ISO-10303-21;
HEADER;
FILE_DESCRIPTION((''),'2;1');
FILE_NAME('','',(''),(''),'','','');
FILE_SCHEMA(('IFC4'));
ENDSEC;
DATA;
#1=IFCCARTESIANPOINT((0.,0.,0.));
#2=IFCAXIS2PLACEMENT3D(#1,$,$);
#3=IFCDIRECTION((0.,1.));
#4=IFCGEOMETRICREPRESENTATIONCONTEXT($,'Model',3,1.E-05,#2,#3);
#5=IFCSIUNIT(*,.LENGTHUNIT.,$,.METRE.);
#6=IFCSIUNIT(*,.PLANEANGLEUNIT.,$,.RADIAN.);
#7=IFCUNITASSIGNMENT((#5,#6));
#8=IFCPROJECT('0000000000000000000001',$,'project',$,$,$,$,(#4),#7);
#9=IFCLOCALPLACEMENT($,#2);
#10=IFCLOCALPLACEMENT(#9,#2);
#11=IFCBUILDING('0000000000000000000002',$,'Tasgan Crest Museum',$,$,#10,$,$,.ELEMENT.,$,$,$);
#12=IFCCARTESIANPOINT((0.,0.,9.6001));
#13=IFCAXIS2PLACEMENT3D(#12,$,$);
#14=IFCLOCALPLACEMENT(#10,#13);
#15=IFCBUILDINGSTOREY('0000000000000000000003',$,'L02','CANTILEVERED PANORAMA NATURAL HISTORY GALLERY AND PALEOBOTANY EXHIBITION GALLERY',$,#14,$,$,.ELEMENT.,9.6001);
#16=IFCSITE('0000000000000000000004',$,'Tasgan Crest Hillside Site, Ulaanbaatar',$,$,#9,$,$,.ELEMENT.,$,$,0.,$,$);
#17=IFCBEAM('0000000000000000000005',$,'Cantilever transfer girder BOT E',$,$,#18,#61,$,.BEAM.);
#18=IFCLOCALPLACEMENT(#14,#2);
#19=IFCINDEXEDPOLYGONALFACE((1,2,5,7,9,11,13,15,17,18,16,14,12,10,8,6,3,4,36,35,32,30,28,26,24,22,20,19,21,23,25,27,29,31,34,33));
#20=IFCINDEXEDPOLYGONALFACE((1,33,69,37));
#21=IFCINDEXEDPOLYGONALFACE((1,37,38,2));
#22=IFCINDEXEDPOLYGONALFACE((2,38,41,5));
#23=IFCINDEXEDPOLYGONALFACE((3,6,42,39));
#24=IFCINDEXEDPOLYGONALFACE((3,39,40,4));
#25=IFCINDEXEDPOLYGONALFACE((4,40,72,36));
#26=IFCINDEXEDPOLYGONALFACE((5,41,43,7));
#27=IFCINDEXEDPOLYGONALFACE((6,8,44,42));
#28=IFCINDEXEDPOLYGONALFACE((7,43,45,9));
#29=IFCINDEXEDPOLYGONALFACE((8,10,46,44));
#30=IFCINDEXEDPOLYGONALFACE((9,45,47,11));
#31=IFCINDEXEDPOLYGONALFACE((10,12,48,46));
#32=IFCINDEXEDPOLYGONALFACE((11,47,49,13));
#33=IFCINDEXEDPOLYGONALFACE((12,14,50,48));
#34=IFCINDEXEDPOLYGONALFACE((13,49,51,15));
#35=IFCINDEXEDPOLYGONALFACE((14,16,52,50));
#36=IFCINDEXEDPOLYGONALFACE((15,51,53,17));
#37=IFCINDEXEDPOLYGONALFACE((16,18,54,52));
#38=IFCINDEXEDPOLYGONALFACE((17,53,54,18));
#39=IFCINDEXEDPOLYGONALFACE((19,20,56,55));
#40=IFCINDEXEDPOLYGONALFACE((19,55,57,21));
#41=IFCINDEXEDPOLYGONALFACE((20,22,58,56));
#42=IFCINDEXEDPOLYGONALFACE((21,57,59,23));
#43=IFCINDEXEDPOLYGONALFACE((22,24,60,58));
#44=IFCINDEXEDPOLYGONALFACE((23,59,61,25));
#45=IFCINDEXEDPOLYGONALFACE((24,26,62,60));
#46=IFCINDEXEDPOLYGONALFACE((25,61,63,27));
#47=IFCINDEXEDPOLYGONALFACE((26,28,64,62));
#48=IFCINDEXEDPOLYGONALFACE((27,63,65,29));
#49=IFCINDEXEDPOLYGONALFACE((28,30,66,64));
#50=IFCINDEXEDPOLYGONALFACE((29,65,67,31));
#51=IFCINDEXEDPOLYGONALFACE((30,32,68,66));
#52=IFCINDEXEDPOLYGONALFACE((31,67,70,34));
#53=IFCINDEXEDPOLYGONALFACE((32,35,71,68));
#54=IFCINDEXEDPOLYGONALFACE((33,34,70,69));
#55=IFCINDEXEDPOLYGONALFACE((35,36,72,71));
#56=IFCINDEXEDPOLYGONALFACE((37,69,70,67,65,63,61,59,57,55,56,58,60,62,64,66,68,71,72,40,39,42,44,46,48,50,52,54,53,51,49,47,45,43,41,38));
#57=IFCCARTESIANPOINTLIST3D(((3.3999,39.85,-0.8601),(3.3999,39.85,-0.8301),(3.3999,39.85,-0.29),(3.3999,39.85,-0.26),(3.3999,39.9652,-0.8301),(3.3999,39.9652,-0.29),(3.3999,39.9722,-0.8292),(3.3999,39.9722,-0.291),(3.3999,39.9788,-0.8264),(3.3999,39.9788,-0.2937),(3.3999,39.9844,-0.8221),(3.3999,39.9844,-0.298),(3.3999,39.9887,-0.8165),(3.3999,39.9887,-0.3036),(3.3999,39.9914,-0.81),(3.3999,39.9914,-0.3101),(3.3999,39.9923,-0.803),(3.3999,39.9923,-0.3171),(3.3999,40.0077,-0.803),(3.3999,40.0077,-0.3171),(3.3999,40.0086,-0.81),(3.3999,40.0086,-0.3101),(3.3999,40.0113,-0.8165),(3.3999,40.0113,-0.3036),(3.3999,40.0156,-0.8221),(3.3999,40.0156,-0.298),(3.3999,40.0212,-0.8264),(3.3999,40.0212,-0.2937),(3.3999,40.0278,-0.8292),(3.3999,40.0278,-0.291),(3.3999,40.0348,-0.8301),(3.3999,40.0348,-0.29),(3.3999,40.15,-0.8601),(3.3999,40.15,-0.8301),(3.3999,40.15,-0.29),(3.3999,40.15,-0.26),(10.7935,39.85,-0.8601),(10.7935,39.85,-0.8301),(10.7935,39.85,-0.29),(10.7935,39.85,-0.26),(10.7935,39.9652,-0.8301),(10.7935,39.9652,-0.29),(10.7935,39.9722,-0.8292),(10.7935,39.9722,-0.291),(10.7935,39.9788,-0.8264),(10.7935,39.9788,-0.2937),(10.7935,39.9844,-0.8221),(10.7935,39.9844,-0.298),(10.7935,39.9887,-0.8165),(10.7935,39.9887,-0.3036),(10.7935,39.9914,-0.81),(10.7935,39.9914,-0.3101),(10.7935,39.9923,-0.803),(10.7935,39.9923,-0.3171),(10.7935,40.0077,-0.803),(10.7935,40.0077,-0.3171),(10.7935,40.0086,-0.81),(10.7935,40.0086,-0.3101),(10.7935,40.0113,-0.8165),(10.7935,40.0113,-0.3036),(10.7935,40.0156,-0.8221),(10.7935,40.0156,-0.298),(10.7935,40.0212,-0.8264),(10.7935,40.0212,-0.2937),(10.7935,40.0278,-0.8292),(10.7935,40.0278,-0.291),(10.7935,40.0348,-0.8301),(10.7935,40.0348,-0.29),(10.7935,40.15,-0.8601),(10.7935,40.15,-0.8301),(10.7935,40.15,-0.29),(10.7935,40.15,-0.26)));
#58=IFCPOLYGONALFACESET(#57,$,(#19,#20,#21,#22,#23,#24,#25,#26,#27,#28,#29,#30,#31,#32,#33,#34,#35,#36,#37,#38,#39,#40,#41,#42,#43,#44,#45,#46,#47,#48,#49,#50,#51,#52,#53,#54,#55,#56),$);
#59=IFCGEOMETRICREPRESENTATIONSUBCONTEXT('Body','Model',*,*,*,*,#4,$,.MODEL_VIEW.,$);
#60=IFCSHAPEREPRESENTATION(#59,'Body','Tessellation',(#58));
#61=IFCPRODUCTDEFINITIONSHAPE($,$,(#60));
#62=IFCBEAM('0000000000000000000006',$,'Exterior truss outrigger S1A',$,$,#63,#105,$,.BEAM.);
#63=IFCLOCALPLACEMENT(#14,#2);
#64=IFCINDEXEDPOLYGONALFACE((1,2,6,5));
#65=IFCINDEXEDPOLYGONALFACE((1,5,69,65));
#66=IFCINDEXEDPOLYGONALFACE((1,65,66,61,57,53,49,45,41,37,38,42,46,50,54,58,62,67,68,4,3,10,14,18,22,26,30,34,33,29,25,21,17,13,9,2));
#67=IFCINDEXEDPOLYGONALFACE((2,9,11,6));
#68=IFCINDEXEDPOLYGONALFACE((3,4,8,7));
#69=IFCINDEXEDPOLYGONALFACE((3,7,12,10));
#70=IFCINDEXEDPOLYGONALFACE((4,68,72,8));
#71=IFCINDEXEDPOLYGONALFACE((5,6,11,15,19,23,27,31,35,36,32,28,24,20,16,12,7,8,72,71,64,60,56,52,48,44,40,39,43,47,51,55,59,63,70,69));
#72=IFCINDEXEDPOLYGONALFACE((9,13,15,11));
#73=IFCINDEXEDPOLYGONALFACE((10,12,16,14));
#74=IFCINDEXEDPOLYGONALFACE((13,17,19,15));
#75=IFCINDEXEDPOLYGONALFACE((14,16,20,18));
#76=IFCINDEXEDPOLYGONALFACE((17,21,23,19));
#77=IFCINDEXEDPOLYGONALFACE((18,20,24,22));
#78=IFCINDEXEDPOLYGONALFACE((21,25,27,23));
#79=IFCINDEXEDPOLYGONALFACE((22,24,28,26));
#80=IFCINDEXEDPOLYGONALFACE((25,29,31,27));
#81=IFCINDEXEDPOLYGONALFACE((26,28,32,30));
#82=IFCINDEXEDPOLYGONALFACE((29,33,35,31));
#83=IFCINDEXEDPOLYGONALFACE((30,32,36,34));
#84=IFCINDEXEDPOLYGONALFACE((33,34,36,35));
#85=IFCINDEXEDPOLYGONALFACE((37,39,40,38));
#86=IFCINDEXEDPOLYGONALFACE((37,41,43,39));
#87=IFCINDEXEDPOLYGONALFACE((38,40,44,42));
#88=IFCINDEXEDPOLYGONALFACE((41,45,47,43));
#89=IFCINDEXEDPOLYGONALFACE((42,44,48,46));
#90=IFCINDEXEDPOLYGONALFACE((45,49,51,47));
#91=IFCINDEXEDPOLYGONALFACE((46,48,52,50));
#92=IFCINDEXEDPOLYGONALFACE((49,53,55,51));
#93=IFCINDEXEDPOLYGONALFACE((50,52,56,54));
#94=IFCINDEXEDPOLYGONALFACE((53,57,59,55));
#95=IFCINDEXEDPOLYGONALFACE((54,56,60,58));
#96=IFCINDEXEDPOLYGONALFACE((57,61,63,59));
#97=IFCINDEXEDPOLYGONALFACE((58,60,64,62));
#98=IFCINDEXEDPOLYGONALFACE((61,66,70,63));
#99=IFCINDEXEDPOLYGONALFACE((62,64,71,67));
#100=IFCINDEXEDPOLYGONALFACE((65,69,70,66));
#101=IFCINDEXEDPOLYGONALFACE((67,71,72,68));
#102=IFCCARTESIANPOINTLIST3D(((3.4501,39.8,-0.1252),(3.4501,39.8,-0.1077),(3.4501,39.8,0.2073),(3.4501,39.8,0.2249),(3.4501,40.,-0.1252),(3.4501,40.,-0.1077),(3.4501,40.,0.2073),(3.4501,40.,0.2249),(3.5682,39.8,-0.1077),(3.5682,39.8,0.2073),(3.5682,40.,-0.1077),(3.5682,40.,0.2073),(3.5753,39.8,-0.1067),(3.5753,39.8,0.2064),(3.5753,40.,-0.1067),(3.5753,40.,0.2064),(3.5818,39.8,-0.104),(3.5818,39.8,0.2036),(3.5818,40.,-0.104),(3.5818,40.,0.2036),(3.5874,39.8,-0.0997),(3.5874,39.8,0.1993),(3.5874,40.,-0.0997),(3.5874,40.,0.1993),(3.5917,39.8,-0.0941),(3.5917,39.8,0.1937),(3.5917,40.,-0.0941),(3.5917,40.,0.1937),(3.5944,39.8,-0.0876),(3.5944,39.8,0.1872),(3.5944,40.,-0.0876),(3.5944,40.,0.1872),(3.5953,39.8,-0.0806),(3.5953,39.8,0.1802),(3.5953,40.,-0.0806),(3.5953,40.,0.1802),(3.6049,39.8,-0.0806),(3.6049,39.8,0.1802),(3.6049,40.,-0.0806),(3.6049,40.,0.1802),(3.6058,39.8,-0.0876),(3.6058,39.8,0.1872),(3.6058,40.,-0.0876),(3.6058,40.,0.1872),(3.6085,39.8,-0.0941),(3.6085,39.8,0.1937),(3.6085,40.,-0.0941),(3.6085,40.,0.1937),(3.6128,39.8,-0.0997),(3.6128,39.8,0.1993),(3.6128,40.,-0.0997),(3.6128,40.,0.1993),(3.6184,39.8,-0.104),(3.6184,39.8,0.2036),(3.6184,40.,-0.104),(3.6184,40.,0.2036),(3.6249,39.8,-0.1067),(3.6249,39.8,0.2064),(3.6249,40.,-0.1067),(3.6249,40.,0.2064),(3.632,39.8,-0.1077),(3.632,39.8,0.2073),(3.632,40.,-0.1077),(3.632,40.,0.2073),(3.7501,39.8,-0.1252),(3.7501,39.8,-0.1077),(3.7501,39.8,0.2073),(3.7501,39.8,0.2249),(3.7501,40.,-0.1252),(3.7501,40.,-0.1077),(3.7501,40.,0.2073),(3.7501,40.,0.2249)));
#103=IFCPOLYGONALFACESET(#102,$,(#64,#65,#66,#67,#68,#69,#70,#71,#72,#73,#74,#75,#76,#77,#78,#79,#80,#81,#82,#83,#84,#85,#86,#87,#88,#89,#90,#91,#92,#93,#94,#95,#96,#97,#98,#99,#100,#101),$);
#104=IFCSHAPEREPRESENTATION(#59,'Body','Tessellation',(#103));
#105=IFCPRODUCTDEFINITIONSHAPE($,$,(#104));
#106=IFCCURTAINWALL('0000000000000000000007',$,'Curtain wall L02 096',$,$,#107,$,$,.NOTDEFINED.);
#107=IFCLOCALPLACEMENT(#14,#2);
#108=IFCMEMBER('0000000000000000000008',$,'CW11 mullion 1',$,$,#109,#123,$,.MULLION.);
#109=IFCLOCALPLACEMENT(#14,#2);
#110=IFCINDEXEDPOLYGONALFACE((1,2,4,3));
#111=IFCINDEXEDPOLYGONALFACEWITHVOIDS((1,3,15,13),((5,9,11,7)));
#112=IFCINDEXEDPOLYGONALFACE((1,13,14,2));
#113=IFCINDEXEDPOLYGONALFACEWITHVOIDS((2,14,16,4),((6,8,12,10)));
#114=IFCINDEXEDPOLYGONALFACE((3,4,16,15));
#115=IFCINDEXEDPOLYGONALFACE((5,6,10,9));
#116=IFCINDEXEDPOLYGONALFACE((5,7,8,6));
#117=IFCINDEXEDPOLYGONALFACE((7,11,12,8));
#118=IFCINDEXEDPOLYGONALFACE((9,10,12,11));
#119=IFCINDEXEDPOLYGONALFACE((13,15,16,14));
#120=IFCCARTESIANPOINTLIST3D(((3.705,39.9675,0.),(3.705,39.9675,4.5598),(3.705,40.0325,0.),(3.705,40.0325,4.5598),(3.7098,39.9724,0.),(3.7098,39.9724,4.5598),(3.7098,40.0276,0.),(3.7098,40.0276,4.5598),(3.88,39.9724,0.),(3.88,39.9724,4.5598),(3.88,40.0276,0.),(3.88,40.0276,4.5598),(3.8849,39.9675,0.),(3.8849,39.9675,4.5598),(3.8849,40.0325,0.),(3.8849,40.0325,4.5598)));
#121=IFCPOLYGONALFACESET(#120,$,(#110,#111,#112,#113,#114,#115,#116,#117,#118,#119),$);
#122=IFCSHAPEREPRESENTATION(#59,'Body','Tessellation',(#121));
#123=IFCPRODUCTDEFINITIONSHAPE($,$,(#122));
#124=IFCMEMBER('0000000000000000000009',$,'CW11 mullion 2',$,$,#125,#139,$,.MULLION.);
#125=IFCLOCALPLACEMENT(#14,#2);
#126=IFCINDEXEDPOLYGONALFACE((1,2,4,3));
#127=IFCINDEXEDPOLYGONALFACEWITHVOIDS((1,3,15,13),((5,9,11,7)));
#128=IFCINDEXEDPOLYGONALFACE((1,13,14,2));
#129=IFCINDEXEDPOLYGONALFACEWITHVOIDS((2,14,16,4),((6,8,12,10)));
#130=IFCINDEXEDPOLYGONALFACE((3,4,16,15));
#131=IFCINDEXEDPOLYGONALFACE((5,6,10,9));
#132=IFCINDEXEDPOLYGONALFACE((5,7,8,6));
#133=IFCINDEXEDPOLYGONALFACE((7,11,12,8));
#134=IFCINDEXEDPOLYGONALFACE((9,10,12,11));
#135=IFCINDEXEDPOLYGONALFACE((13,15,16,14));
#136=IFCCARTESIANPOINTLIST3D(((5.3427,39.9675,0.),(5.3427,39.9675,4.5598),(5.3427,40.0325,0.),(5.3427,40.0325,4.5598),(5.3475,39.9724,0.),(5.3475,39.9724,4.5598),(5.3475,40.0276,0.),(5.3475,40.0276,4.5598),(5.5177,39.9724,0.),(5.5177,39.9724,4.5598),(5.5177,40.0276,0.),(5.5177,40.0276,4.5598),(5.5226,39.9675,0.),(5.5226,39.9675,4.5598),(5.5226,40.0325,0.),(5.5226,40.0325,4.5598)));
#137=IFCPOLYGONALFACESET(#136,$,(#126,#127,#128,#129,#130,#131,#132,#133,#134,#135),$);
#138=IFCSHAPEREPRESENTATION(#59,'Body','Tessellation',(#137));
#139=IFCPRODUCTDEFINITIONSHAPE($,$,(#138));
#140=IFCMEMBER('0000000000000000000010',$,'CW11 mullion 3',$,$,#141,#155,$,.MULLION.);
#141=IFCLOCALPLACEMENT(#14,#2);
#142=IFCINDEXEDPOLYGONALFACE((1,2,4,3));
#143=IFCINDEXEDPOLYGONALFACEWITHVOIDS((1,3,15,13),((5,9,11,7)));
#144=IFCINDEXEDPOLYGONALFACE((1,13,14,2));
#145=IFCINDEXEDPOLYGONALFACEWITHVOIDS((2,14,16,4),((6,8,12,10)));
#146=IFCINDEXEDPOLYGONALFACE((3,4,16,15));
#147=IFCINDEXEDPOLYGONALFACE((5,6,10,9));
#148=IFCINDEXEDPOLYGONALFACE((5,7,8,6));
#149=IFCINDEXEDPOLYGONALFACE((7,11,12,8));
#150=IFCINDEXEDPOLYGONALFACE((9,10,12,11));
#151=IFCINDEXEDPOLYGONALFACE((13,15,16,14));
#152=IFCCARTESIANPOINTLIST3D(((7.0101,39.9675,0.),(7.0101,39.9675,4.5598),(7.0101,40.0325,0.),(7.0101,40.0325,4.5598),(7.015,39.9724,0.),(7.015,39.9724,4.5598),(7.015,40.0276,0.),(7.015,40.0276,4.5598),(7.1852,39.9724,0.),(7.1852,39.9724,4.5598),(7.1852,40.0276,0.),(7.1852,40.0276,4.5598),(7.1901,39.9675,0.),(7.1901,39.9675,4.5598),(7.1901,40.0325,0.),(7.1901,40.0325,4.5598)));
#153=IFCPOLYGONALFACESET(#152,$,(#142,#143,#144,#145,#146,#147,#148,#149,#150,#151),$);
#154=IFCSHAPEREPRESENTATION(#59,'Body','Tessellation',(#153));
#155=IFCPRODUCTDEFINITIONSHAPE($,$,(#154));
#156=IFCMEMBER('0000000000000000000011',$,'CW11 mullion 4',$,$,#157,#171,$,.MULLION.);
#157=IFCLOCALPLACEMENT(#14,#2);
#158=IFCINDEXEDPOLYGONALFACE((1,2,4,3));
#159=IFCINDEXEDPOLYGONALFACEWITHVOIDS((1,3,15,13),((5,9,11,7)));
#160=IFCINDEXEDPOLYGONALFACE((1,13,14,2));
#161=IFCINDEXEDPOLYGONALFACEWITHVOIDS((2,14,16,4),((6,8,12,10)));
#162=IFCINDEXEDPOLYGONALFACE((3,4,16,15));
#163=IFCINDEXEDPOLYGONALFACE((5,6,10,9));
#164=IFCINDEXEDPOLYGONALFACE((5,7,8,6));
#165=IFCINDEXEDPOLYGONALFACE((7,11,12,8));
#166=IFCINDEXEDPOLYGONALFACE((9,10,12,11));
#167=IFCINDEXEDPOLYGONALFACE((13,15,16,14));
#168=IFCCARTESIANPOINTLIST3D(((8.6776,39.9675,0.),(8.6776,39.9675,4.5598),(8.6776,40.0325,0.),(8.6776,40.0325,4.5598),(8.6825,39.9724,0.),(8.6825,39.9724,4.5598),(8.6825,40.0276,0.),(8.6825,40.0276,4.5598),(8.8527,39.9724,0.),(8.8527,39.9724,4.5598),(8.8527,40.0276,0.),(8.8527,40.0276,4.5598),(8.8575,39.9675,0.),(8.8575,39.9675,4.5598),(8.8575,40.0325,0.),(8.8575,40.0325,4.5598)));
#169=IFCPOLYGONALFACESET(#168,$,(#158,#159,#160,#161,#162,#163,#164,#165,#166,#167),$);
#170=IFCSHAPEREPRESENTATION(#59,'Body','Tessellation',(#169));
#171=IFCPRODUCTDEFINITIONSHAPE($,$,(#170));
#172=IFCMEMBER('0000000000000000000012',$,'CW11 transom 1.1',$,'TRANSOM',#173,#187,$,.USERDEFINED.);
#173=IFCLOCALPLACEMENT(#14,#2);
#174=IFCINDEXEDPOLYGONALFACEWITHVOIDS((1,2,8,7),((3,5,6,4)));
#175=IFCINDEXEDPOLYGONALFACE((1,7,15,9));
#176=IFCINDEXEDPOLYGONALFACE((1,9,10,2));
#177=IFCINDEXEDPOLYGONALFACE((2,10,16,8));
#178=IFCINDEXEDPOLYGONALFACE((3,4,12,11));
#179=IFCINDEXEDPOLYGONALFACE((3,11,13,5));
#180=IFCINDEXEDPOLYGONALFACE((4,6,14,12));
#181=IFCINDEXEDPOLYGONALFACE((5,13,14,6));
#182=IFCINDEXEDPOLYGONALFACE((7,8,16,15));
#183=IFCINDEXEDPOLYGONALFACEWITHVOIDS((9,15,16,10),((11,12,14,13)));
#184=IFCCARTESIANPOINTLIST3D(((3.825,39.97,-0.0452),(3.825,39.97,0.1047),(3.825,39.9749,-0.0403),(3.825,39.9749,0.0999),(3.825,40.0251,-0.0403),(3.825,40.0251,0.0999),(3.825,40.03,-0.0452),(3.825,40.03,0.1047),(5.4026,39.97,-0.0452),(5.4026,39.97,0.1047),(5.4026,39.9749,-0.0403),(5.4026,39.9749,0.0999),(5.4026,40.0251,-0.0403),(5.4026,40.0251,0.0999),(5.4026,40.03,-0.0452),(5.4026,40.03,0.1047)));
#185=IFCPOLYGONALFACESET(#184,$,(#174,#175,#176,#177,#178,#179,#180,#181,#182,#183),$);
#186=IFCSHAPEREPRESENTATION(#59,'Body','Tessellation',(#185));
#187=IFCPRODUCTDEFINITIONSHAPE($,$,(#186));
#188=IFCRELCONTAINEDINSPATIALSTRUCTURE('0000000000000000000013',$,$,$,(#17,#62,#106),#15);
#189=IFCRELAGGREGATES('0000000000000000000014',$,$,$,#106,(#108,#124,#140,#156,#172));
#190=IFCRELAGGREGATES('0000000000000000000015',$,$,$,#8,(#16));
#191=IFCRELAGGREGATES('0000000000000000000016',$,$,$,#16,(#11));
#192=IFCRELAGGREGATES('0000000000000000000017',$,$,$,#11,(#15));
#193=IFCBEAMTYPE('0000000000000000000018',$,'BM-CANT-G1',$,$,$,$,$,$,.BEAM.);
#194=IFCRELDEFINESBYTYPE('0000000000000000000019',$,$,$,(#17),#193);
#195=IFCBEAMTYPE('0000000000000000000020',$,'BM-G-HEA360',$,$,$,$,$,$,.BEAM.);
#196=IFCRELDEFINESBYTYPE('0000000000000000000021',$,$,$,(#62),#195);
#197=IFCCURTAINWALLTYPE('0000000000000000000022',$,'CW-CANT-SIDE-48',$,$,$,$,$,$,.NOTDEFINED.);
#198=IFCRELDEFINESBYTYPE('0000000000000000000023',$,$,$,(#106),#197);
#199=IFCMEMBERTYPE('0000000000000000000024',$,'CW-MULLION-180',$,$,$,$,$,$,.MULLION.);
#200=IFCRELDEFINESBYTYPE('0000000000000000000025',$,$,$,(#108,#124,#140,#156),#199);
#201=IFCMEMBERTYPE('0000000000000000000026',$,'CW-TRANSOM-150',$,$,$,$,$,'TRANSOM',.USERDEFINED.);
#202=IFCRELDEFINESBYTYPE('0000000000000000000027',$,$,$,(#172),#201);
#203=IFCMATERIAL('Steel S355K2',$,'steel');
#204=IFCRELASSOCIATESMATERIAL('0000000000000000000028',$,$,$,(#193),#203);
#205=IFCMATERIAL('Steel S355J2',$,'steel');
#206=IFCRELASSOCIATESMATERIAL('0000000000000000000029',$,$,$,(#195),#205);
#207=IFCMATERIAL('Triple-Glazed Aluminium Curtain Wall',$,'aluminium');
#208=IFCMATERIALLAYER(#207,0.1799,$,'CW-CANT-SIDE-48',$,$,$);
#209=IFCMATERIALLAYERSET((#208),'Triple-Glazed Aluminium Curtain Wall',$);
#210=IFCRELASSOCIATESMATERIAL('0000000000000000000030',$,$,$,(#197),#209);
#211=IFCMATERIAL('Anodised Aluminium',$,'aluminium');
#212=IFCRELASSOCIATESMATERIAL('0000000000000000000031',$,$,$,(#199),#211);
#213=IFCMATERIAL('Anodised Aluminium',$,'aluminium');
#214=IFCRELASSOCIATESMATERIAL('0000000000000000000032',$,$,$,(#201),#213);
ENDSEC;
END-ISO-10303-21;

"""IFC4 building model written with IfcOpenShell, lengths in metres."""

from ifc_helpers import new_model, si_unit, direction, frame, origin, origin_2d, place, context, subcontext, project, spatial, hollow_rectangle, i_section, extrude, material, layer, layer_set, material_profile, profile_set, type_object, element, aggregate, save


model = new_model("IFC4")

# Units and contexts
model_context = context("Model", 3, precision=1e-05, world=origin(), true_north=direction((0.0, 1.0)))
body_context = subcontext(model_context, "Body", "Model", "MODEL_VIEW")
ifc_project = project(units=[si_unit("LENGTHUNIT", "METRE"), si_unit("PLANEANGLEUNIT", "RADIAN")], contexts=[model_context])

# Site, building, storey
site_placement = place(None, origin())
site = spatial("IfcSite", under=ifc_project, at=site_placement, Name="Tasgan Crest Hillside Site, Ulaanbaatar", CompositionType="ELEMENT", RefElevation=0.0)
building_placement = place(site_placement, origin())
building = spatial("IfcBuilding", under=site, at=building_placement, Name="Tasgan Crest Museum", CompositionType="ELEMENT")
storey_placement = place(building_placement, frame((0.0, 0.0, 9.6001)))
storey = spatial("IfcBuildingStorey", under=building, at=storey_placement, Name="L02", Description="CANTILEVERED PANORAMA NATURAL HISTORY GALLERY AND PALEOBOTANY EXHIBITION GALLERY", CompositionType="ELEMENT", Elevation=9.6001)

# Beams
ifc_material_1 = material(Name="Steel S355K2", Category="steel")
ifc_material_profile_1 = material_profile(ifc_material_1, i_section(OverallWidth=0.3, OverallDepth=0.6001, WebThickness=0.0154, FlangeThickness=0.03, FilletRadius=0.0271, at=origin_2d()), Name="HEB 600")
ifc_profile_set_1 = profile_set([ifc_material_profile_1], Name="Steel S355K2")
beam_type_1 = type_object("IfcBeamType", Name="BM-CANT-G1", PredefinedType="BEAM", material=ifc_profile_set_1)
beam_1_placement = place(storey_placement, frame((3.3999, 40.0, -0.5601), z_axis=(1.0, 0.0, 0.0), x_axis=(0.0, 1.0, 0.0)))
element("IfcBeam", 1, at=beam_1_placement, inside=storey, type_object=beam_type_1, Name="Cantilever transfer girder BOT E", PredefinedType="BEAM", context=body_context, shape_type="SweptSolid", body=[
    extrude(i_section(OverallWidth=0.3, OverallDepth=0.6001, WebThickness=0.0154, FlangeThickness=0.03, FilletRadius=0.0271, at=origin_2d()), origin(), (0.0, 0.0, 1.0), 7.3936),
])
ifc_material_2 = material(Name="Steel S355J2", Category="steel")
ifc_material_profile_2 = material_profile(ifc_material_2, i_section(OverallWidth=0.3, OverallDepth=0.3501, WebThickness=0.0095, FlangeThickness=0.0176, FilletRadius=0.0271, at=origin_2d()), Name="HEA 360")
ifc_profile_set_2 = profile_set([ifc_material_profile_2], Name="Steel S355J2")
beam_type_2 = type_object("IfcBeamType", Name="BM-G-HEA360", PredefinedType="BEAM", material=ifc_profile_set_2)
beam_2_placement = place(storey_placement, frame((3.6001, 40.0, 0.0498), z_axis=(0.0, -1.0, 0.0), x_axis=(1.0, 0.0, 0.0)))
element("IfcBeam", 2, at=beam_2_placement, inside=storey, type_object=beam_type_2, Name="Exterior truss outrigger S1A", PredefinedType="BEAM", context=body_context, shape_type="SweptSolid", body=[
    extrude(i_section(OverallWidth=0.3, OverallDepth=0.3501, WebThickness=0.0095, FlangeThickness=0.0176, FilletRadius=0.0271, at=origin_2d()), origin(), (0.0, 0.0, 1.0), 0.2),
])

# Curtain wall, members
ifc_material_3 = material(Name="Triple-Glazed Aluminium Curtain Wall", Category="aluminium")
ifc_layer_1 = layer(ifc_material_3, 0.1799, Name="CW-CANT-SIDE-48")
ifc_layer_set_1 = layer_set([ifc_layer_1], Name="Triple-Glazed Aluminium Curtain Wall")
curtain_wall_type = type_object("IfcCurtainWallType", Name="CW-CANT-SIDE-48", PredefinedType="NOTDEFINED", material=ifc_layer_set_1)
curtain_wall_placement = place(storey_placement, origin())
curtain_wall = element("IfcCurtainWall", 3, at=curtain_wall_placement, inside=storey, type_object=curtain_wall_type, Name="Curtain wall L02 096", PredefinedType="NOTDEFINED")
ifc_material_4 = material(Name="Anodised Aluminium", Category="aluminium")
ifc_material_profile_3 = material_profile(ifc_material_4, hollow_rectangle(XDim=0.0649, YDim=0.1799, WallThickness=0.0049, at=origin_2d()), Name="ALU MULLION 180x65x5")
ifc_profile_set_3 = profile_set([ifc_material_profile_3], Name="Anodised Aluminium")
member_type_1 = type_object("IfcMemberType", Name="CW-MULLION-180", PredefinedType="MULLION", material=ifc_profile_set_3)
member_1_placement = place(storey_placement, frame((3.7949, 40.0, 0.0), z_axis=(0.0, 0.0, 1.0), x_axis=(0.0, 1.0, 0.0)))
member_1 = element("IfcMember", 4, at=member_1_placement, type_object=member_type_1, Name="CW11 mullion 1", PredefinedType="MULLION", context=body_context, shape_type="SweptSolid", body=[
    extrude(hollow_rectangle(XDim=0.0649, YDim=0.1799, WallThickness=0.0049, at=origin_2d()), origin(), (0.0, 0.0, 1.0), 4.5598),
])
member_2_placement = place(storey_placement, frame((5.4326, 40.0, 0.0), z_axis=(0.0, 0.0, 1.0), x_axis=(0.0, 1.0, 0.0)))
member_2 = element("IfcMember", 5, at=member_2_placement, type_object=member_type_1, Name="CW11 mullion 2", PredefinedType="MULLION", context=body_context, shape_type="SweptSolid", body=[
    extrude(hollow_rectangle(XDim=0.0649, YDim=0.1799, WallThickness=0.0049, at=origin_2d()), origin(), (0.0, 0.0, 1.0), 4.5598),
])
member_3_placement = place(storey_placement, frame((7.1001, 40.0, 0.0), z_axis=(0.0, 0.0, 1.0), x_axis=(0.0, 1.0, 0.0)))
member_3 = element("IfcMember", 6, at=member_3_placement, type_object=member_type_1, Name="CW11 mullion 3", PredefinedType="MULLION", context=body_context, shape_type="SweptSolid", body=[
    extrude(hollow_rectangle(XDim=0.0649, YDim=0.1799, WallThickness=0.0049, at=origin_2d()), origin(), (0.0, 0.0, 1.0), 4.5598),
])
member_4_placement = place(storey_placement, frame((8.7676, 40.0, 0.0), z_axis=(0.0, 0.0, 1.0), x_axis=(0.0, 1.0, 0.0)))
member_4 = element("IfcMember", 7, at=member_4_placement, type_object=member_type_1, Name="CW11 mullion 4", PredefinedType="MULLION", context=body_context, shape_type="SweptSolid", body=[
    extrude(hollow_rectangle(XDim=0.0649, YDim=0.1799, WallThickness=0.0049, at=origin_2d()), origin(), (0.0, 0.0, 1.0), 4.5598),
])
ifc_material_5 = material(Name="Anodised Aluminium", Category="aluminium")
ifc_material_profile_4 = material_profile(ifc_material_5, hollow_rectangle(XDim=0.0601, YDim=0.1499, WallThickness=0.0049, at=origin_2d()), Name="ALU TRANSOM 150x60x5")
ifc_profile_set_4 = profile_set([ifc_material_profile_4], Name="Anodised Aluminium")
member_type_2 = type_object("IfcMemberType", Name="CW-TRANSOM-150", ElementType="TRANSOM", PredefinedType="USERDEFINED", material=ifc_profile_set_4)
member_5_placement = place(storey_placement, frame((3.825, 40.0, 0.0298), z_axis=(1.0, 0.0, 0.0), x_axis=(0.0, 1.0, 0.0)))
member_5 = element("IfcMember", 8, at=member_5_placement, type_object=member_type_2, Name="CW11 transom 1.1", ObjectType="TRANSOM", PredefinedType="USERDEFINED", context=body_context, shape_type="SweptSolid", body=[
    extrude(hollow_rectangle(XDim=0.0601, YDim=0.1499, WallThickness=0.0049, at=origin_2d()), origin(), (0.0, 0.0, 1.0), 1.5776),
])

aggregate(curtain_wall, [member_1, member_2, member_3, member_4, member_5])

save(model, "model.ifc")
